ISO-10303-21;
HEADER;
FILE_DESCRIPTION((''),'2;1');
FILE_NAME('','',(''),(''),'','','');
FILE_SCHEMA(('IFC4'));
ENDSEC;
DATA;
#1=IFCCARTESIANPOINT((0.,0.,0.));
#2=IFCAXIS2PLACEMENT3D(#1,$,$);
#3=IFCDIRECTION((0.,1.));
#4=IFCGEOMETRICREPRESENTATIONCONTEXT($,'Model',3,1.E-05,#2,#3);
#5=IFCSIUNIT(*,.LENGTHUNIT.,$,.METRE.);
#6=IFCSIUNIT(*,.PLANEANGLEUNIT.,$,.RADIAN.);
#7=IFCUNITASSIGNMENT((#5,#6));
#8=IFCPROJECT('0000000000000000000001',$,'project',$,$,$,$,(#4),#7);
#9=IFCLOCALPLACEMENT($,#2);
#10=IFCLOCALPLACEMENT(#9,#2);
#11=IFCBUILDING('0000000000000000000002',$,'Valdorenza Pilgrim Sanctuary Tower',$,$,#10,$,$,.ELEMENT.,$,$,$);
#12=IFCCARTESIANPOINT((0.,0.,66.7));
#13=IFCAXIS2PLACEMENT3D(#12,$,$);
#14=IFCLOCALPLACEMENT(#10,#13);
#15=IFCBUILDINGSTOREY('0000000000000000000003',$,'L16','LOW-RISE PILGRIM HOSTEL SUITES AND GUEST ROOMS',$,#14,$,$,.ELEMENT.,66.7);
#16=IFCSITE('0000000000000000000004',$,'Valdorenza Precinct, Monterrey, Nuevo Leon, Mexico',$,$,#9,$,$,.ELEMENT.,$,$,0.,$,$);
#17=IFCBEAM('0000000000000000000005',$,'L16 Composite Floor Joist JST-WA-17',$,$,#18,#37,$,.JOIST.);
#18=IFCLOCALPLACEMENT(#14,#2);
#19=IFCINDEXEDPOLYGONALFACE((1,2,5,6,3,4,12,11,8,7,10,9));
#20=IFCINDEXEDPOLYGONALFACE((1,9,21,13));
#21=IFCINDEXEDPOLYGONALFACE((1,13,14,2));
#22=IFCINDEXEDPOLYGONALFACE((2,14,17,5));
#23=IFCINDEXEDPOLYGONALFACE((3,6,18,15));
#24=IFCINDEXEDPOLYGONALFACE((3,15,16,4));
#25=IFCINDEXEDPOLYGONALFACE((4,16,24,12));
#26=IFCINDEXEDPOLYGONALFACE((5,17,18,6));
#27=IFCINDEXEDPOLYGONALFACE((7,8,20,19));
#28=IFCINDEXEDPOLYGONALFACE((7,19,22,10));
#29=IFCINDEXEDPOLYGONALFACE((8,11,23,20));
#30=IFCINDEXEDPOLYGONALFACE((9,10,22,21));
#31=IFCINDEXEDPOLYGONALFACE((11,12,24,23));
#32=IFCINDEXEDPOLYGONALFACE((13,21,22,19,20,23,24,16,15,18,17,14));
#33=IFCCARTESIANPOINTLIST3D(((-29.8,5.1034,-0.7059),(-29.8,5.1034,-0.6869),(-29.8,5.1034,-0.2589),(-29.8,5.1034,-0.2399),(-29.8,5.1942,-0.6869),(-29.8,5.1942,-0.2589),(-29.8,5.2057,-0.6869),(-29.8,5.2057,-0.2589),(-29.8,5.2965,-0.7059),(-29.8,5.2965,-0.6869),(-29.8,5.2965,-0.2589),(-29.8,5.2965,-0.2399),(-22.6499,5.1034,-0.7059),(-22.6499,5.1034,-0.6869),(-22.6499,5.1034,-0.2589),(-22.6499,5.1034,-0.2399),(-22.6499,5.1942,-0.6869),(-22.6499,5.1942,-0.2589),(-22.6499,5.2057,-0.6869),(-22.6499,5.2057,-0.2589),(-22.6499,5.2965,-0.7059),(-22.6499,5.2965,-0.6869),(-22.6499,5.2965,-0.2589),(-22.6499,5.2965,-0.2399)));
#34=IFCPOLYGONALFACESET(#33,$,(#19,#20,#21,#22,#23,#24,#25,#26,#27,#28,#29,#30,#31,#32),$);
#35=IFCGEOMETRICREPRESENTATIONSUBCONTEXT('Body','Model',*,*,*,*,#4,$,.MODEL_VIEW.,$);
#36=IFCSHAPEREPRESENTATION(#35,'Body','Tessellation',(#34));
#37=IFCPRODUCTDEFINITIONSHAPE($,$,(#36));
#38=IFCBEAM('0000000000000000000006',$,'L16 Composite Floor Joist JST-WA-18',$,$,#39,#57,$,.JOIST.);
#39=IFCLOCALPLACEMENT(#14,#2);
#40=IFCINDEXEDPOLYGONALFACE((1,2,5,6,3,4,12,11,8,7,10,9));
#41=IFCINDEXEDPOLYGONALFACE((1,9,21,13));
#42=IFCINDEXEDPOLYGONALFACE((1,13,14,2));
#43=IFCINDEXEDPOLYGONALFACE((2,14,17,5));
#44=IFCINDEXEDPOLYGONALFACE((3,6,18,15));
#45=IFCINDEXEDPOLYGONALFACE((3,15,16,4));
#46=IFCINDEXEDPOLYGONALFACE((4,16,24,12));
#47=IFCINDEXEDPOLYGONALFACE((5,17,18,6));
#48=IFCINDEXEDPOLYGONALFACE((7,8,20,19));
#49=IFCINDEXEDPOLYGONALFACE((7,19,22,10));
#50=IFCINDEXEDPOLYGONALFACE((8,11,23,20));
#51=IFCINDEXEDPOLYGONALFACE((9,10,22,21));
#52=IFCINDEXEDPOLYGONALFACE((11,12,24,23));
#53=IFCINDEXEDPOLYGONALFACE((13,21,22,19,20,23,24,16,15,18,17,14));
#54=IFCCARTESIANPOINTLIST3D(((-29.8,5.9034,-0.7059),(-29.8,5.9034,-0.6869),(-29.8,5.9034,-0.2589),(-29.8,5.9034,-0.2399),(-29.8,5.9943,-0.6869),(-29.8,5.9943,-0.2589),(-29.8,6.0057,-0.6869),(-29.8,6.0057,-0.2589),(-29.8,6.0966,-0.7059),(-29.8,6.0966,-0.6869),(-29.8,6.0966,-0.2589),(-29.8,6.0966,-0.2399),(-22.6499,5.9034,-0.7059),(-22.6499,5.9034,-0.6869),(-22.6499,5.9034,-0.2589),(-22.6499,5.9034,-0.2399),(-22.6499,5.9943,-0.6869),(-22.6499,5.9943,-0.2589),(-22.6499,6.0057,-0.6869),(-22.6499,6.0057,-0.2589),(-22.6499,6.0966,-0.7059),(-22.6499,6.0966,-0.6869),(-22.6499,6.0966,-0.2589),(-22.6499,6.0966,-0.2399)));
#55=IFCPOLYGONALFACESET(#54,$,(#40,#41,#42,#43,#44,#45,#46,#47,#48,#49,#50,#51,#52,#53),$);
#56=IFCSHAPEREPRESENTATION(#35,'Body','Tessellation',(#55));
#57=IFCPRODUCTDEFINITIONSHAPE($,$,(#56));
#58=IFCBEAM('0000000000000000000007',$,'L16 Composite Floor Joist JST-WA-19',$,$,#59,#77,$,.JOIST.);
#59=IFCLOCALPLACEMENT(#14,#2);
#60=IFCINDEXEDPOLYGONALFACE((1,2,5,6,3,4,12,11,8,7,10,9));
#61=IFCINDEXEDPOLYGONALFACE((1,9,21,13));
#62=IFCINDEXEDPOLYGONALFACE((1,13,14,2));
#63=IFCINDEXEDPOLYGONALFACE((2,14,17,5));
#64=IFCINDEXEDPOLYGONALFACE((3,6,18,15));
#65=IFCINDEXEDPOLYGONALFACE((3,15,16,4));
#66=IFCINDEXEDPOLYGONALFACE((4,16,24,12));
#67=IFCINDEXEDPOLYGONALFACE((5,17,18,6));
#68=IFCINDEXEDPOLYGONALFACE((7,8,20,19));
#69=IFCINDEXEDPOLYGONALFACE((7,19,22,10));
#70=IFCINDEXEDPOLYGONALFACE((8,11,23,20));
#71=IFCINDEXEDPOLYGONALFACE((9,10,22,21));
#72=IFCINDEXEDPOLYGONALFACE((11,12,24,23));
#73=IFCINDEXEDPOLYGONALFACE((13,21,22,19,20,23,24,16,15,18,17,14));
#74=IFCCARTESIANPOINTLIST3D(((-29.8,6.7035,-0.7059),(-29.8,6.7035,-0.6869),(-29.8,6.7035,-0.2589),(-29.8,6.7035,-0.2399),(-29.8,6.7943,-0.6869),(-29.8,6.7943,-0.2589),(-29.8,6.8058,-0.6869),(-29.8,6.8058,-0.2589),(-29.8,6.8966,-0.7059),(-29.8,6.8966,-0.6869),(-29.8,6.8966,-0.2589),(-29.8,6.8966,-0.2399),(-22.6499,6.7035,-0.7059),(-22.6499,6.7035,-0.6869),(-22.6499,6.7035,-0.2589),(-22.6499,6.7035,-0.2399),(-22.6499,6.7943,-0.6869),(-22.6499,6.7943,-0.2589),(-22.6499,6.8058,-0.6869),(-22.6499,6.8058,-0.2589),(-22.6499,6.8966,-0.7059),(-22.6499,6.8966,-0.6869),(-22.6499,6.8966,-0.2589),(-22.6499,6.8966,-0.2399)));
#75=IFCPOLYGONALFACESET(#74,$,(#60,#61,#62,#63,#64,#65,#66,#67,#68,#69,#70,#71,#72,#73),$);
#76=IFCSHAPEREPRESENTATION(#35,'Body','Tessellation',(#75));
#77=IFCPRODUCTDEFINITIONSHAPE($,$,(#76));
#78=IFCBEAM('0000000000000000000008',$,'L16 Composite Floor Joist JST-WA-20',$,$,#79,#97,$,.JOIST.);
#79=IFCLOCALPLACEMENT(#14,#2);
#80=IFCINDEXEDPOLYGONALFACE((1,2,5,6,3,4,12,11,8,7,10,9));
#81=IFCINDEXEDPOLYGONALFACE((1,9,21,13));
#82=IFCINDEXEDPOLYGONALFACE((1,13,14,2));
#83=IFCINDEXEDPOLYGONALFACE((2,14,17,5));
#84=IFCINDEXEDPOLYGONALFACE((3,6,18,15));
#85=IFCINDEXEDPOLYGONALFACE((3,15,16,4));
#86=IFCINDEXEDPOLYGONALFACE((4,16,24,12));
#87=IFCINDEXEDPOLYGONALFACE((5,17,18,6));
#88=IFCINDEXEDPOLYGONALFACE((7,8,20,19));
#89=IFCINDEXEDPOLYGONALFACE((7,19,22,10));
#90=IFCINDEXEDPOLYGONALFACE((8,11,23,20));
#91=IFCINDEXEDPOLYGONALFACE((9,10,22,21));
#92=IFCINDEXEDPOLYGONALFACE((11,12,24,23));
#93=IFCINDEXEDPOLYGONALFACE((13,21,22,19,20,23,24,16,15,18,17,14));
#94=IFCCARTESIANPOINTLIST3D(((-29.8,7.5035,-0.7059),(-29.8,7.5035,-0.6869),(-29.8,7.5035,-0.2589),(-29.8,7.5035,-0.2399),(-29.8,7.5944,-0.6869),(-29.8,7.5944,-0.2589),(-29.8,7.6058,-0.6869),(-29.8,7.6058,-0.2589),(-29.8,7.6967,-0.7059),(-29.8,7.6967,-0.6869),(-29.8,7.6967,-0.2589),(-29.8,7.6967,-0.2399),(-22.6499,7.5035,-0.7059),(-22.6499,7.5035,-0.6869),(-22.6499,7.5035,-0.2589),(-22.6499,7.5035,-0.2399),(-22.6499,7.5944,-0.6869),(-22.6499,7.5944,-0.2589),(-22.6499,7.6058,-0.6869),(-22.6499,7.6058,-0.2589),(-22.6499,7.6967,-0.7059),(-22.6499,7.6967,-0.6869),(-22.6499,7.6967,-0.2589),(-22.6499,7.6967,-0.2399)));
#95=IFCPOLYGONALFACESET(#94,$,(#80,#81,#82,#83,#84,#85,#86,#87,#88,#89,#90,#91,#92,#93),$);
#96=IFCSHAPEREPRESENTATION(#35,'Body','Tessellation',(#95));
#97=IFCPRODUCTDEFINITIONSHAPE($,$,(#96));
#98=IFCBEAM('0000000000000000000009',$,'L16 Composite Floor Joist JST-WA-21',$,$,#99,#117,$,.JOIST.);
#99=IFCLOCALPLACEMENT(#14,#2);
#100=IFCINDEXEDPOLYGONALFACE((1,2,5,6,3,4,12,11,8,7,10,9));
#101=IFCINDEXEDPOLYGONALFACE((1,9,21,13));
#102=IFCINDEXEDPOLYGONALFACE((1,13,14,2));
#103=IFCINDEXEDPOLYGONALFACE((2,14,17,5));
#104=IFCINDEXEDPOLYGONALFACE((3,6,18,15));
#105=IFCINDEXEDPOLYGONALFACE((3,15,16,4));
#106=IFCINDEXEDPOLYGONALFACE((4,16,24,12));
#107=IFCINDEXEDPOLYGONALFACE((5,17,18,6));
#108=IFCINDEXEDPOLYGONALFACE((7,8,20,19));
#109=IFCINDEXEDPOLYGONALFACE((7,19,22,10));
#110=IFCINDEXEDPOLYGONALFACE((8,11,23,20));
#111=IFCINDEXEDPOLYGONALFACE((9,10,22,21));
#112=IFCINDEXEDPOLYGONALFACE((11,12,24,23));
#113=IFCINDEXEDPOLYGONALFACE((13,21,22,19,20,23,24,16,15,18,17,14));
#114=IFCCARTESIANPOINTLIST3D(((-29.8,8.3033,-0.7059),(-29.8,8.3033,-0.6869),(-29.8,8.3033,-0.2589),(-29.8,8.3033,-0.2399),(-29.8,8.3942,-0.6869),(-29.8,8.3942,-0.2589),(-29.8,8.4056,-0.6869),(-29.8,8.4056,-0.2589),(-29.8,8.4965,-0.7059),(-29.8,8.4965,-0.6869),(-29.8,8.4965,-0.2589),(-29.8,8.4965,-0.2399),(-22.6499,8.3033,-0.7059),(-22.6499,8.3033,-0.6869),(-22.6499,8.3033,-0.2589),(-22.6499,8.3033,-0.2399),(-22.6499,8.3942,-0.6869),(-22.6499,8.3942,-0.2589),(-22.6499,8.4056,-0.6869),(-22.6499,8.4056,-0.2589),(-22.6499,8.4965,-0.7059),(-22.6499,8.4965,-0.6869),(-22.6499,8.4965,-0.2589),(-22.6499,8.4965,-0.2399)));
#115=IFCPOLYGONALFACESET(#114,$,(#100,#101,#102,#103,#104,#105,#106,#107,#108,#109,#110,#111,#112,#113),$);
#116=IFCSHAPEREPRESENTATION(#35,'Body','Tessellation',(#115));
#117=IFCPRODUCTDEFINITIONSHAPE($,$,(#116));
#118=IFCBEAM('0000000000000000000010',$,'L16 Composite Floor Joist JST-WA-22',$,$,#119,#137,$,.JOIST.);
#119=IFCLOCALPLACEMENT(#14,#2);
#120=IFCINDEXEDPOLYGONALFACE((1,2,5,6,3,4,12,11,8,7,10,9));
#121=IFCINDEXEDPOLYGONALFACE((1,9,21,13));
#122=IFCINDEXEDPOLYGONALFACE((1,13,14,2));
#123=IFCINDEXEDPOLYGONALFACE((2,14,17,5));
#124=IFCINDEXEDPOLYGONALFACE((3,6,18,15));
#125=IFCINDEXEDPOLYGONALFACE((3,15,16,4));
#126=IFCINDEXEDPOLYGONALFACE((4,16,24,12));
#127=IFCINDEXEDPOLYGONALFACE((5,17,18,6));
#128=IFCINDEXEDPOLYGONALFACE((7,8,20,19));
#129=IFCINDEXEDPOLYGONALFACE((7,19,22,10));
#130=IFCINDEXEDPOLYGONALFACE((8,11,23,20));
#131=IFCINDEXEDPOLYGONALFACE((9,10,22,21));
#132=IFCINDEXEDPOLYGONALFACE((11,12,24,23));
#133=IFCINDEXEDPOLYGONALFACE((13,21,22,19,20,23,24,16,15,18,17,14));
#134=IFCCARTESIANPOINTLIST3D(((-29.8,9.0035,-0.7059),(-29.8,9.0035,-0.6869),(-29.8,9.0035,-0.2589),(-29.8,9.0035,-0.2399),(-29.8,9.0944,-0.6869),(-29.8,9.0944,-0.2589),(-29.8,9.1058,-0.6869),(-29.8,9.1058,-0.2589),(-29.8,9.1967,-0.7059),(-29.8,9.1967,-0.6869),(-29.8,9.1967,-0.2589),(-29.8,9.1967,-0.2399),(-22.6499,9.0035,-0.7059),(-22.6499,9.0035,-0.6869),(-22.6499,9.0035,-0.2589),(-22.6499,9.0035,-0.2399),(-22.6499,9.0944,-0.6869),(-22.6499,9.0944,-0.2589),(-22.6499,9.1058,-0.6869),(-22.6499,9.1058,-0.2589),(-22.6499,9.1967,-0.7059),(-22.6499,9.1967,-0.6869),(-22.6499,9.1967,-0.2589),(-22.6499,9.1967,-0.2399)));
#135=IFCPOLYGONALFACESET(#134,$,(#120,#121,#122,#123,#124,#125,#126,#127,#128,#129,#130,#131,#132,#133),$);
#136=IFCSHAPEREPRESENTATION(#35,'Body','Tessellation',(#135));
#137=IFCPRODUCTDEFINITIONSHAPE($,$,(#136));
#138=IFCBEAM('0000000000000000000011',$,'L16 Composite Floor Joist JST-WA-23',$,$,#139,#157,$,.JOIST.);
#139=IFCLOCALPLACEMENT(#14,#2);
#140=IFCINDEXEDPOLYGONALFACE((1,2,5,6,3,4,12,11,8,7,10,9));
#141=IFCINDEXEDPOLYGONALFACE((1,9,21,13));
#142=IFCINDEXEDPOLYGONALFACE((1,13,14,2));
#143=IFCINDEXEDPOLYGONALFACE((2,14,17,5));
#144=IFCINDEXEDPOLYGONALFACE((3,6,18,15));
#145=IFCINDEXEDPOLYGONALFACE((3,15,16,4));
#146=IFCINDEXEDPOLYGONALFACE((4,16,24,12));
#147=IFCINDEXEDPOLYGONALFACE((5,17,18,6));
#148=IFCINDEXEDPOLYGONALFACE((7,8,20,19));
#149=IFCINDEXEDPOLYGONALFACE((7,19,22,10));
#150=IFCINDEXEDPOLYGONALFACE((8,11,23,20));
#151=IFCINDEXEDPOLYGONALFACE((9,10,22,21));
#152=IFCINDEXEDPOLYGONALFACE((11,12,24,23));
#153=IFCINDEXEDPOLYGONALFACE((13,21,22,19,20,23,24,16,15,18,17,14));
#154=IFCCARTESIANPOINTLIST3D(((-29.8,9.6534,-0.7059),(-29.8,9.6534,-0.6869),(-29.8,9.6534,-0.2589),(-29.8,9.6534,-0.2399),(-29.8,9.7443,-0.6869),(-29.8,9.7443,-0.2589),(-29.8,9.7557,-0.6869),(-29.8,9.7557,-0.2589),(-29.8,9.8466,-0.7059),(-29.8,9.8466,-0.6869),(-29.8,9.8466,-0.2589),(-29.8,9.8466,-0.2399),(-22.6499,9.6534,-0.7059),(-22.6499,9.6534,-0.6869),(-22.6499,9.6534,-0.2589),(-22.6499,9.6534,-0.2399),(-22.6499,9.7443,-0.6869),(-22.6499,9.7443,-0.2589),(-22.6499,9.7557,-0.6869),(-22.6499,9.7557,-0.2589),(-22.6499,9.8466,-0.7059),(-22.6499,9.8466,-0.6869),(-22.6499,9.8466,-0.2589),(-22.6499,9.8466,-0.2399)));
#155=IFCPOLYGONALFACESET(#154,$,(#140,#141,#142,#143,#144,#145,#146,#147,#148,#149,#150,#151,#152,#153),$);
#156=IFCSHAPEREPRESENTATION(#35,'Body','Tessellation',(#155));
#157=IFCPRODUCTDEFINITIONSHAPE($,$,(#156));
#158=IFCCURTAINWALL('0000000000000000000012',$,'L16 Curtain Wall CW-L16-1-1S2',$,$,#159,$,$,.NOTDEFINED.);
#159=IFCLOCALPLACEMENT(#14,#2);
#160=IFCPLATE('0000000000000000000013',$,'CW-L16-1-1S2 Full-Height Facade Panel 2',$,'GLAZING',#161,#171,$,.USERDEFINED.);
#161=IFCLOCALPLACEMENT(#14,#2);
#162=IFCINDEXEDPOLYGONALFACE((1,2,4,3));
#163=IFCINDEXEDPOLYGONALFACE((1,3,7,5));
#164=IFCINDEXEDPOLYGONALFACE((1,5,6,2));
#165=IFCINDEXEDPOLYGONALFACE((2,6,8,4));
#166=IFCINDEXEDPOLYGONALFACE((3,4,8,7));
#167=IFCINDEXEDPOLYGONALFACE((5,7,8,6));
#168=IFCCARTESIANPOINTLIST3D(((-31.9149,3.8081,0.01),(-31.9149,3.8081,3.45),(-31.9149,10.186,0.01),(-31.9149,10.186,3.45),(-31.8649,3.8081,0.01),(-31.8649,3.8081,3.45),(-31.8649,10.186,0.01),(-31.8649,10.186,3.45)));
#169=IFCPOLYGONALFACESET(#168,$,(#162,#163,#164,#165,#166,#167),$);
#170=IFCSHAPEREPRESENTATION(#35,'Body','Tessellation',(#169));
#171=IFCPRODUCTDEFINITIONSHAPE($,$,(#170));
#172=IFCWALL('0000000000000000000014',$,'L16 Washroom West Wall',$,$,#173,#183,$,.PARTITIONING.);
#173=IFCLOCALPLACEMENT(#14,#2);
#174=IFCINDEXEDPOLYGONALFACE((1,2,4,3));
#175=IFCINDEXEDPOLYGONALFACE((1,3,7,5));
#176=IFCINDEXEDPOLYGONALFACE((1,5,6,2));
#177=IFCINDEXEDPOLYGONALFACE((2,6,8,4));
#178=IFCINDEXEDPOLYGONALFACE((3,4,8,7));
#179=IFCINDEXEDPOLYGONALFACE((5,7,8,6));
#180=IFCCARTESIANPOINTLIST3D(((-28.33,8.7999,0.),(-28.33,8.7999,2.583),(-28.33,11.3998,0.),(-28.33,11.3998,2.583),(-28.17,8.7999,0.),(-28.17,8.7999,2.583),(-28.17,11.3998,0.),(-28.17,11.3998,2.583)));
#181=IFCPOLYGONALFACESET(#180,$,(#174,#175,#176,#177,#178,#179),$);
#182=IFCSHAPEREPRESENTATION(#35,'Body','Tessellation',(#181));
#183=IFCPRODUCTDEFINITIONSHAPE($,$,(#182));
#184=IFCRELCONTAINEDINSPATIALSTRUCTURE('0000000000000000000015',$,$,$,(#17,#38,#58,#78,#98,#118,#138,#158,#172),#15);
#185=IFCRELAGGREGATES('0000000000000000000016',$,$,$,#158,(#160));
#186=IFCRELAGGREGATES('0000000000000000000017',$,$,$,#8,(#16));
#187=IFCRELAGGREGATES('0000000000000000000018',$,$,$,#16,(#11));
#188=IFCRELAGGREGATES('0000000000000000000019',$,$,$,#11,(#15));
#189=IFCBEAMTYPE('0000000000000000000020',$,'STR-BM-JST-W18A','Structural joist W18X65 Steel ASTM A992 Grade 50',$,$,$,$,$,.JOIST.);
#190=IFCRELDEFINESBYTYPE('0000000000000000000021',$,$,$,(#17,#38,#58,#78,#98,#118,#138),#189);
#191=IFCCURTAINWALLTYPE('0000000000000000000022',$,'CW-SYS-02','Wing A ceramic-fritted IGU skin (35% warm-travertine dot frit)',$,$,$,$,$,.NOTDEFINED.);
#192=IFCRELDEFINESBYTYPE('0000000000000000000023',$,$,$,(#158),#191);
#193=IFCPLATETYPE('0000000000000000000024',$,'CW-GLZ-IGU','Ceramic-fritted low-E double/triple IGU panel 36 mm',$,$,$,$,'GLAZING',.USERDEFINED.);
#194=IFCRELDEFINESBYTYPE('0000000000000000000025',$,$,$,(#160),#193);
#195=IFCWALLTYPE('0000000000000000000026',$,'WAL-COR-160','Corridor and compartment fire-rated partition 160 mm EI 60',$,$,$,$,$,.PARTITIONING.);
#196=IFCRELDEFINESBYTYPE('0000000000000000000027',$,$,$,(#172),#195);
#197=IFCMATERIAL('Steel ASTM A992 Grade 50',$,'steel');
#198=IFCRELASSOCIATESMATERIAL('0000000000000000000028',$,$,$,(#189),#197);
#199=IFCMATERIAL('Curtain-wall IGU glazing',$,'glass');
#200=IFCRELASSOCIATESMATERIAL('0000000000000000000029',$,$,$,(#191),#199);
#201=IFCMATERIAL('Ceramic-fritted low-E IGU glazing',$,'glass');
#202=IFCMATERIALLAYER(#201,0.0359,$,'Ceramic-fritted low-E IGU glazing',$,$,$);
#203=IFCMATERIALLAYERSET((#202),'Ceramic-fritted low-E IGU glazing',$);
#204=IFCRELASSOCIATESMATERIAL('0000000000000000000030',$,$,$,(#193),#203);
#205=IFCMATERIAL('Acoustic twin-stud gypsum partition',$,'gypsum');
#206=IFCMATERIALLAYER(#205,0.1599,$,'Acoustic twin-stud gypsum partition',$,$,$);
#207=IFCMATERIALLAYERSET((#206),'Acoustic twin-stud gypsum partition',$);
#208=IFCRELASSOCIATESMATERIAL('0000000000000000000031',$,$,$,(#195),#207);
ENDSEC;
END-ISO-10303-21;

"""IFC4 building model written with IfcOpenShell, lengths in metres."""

from ifc_helpers import new_model, si_unit, direction, frame, frame_2d, origin, origin_2d, place, context, subcontext, project, spatial, rectangle, i_section, extrude, source, transform, mapped, material, layer, layer_set, material_profile, profile_set, type_object, element, aggregate, save


model = new_model("IFC4")

# Units and contexts
model_context = context("Model", 3, precision=1e-05, world=origin(), true_north=direction((0.0, 1.0)))
body_context = subcontext(model_context, "Body", "Model", "MODEL_VIEW")
ifc_project = project(units=[si_unit("LENGTHUNIT", "METRE"), si_unit("PLANEANGLEUNIT", "RADIAN")], contexts=[model_context])

# Site, building, storey
site_placement = place(None, origin())
site = spatial("IfcSite", under=ifc_project, at=site_placement, Name="Valdorenza Precinct, Monterrey, Nuevo Leon, Mexico", CompositionType="ELEMENT", RefElevation=0.0)
building_placement = place(site_placement, origin())
building = spatial("IfcBuilding", under=site, at=building_placement, Name="Valdorenza Pilgrim Sanctuary Tower", CompositionType="ELEMENT")
storey_placement = place(building_placement, frame((0.0, 0.0, 66.7)))
storey = spatial("IfcBuildingStorey", under=building, at=storey_placement, Name="L16", Description="LOW-RISE PILGRIM HOSTEL SUITES AND GUEST ROOMS", CompositionType="ELEMENT", Elevation=66.7)

# Beams
ifc_material_1 = material(Name="Steel ASTM A992 Grade 50", Category="steel")
ifc_material_profile = material_profile(ifc_material_1, i_section(OverallWidth=0.1931, OverallDepth=0.4661, WebThickness=0.0115, FlangeThickness=0.019, at=origin_2d()), Name="W18X65")
ifc_profile_set = profile_set([ifc_material_profile], Name="Steel ASTM A992 Grade 50")
beam_type = type_object("IfcBeamType", Name="STR-BM-JST-W18A", Description="Structural joist W18X65 Steel ASTM A992 Grade 50", PredefinedType="JOIST", material=ifc_profile_set)
shared_shape_1 = source(origin(), body_context, "Body", "SweptSolid", [
    extrude(i_section(OverallWidth=0.1931, OverallDepth=0.4661, WebThickness=0.0115, FlangeThickness=0.019, at=origin_2d()), origin(), (0.0, 0.0, 1.0), 7.1501),
])
for number, where, z_axis, x_axis, name in (
    (1, (-29.8, 5.2, -0.4729), (1.0, 0.0, 0.0), (0.0, 1.0, 0.0), "L16 Composite Floor Joist JST-WA-17"),
    (2, (-29.8, 6.0, -0.4729), (1.0, 0.0, 0.0), (0.0, 1.0, 0.0), "L16 Composite Floor Joist JST-WA-18"),
    (3, (-29.8, 6.8, -0.4729), (1.0, 0.0, 0.0), (0.0, 1.0, 0.0), "L16 Composite Floor Joist JST-WA-19"),
    (4, (-29.8, 7.6001, -0.4729), (1.0, 0.0, 0.0), (0.0, 1.0, 0.0), "L16 Composite Floor Joist JST-WA-20"),
    (5, (-29.8, 8.3999, -0.4729), (1.0, 0.0, 0.0), (0.0, 1.0, 0.0), "L16 Composite Floor Joist JST-WA-21"),
    (6, (-29.8, 9.1001, -0.4729), (1.0, 0.0, 0.0), (0.0, 1.0, 0.0), "L16 Composite Floor Joist JST-WA-22"),
    (7, (-29.8, 9.75, -0.4729), (1.0, 0.0, 0.0), (0.0, 1.0, 0.0), "L16 Composite Floor Joist JST-WA-23"),
):
    element("IfcBeam", number, at=place(storey_placement, frame(where, z_axis=z_axis, x_axis=x_axis)), inside=storey, type_object=beam_type, Name=name, PredefinedType="JOIST", context=body_context, shape_type="MappedRepresentation", body=[
        mapped(shared_shape_1, transform((0.0, 0.0, 0.0), x_axis=(1.0, 0.0, 0.0), y_axis=(0.0, 1.0, 0.0), z_axis=(0.0, 0.0, 1.0), scale=1.0)),
    ])

# Curtain wall, plate
ifc_material_2 = material(Name="Curtain-wall IGU glazing", Category="glass")
curtain_wall_type = type_object("IfcCurtainWallType", Name="CW-SYS-02", Description="Wing A ceramic-fritted IGU skin (35% warm-travertine dot frit)", PredefinedType="NOTDEFINED", material=ifc_material_2)
curtain_wall_placement = place(storey_placement, origin())
curtain_wall = element("IfcCurtainWall", 8, at=curtain_wall_placement, inside=storey, type_object=curtain_wall_type, Name="L16 Curtain Wall CW-L16-1-1S2", PredefinedType="NOTDEFINED")
ifc_material_3 = material(Name="Ceramic-fritted low-E IGU glazing", Category="glass")
ifc_layer_1 = layer(ifc_material_3, 0.0359, Name="Ceramic-fritted low-E IGU glazing")
ifc_layer_set_1 = layer_set([ifc_layer_1], Name="Ceramic-fritted low-E IGU glazing")
plate_type = type_object("IfcPlateType", Name="CW-GLZ-IGU", Description="Ceramic-fritted low-E double/triple IGU panel 36 mm", ElementType="GLAZING", PredefinedType="USERDEFINED", material=ifc_layer_set_1)
shared_shape_2 = source(origin(), body_context, "Body", "SweptSolid", [
    extrude(rectangle(XDim=6.3779, YDim=0.05, at=origin_2d()), origin(), (0.0, 0.0, 1.0), 3.4399),
])
plate_placement = place(storey_placement, frame((-31.8899, 6.9971, 0.01), z_axis=(0.0, 0.0, 1.0), x_axis=(0.0, 1.0, 0.0)))
plate = element("IfcPlate", 9, at=plate_placement, type_object=plate_type, Name="CW-L16-1-1S2 Full-Height Facade Panel 2", ObjectType="GLAZING", PredefinedType="USERDEFINED", context=body_context, shape_type="MappedRepresentation", body=[
    mapped(shared_shape_2, transform((0.0, 0.0, 0.0), x_axis=(1.0, 0.0, 0.0), y_axis=(0.0, 1.0, 0.0), z_axis=(0.0, 0.0, 1.0), scale=1.0)),
])
aggregate(curtain_wall, [plate])

# Wall
ifc_material_4 = material(Name="Acoustic twin-stud gypsum partition", Category="gypsum")
ifc_layer_2 = layer(ifc_material_4, 0.1599, Name="Acoustic twin-stud gypsum partition")
ifc_layer_set_2 = layer_set([ifc_layer_2], Name="Acoustic twin-stud gypsum partition")
wall_type = type_object("IfcWallType", Name="WAL-COR-160", Description="Corridor and compartment fire-rated partition 160 mm EI 60", PredefinedType="PARTITIONING", material=ifc_layer_set_2)
wall_1_placement = place(storey_placement, frame((-28.25, 8.8, 0.0), z_axis=(0.0, 0.0, 1.0), x_axis=(0.0, 1.0, 0.0)))
element("IfcWall", 10, at=wall_1_placement, inside=storey, type_object=wall_type, Name="L16 Washroom West Wall", PredefinedType="PARTITIONING", context=body_context, shape_type="SweptSolid", body=[
    extrude(rectangle(XDim=2.5999, YDim=0.1599, at=frame_2d((1.2998, 0.0))), origin(), (0.0, 0.0, 1.0), 2.583),
])

save(model, "model.ifc")
